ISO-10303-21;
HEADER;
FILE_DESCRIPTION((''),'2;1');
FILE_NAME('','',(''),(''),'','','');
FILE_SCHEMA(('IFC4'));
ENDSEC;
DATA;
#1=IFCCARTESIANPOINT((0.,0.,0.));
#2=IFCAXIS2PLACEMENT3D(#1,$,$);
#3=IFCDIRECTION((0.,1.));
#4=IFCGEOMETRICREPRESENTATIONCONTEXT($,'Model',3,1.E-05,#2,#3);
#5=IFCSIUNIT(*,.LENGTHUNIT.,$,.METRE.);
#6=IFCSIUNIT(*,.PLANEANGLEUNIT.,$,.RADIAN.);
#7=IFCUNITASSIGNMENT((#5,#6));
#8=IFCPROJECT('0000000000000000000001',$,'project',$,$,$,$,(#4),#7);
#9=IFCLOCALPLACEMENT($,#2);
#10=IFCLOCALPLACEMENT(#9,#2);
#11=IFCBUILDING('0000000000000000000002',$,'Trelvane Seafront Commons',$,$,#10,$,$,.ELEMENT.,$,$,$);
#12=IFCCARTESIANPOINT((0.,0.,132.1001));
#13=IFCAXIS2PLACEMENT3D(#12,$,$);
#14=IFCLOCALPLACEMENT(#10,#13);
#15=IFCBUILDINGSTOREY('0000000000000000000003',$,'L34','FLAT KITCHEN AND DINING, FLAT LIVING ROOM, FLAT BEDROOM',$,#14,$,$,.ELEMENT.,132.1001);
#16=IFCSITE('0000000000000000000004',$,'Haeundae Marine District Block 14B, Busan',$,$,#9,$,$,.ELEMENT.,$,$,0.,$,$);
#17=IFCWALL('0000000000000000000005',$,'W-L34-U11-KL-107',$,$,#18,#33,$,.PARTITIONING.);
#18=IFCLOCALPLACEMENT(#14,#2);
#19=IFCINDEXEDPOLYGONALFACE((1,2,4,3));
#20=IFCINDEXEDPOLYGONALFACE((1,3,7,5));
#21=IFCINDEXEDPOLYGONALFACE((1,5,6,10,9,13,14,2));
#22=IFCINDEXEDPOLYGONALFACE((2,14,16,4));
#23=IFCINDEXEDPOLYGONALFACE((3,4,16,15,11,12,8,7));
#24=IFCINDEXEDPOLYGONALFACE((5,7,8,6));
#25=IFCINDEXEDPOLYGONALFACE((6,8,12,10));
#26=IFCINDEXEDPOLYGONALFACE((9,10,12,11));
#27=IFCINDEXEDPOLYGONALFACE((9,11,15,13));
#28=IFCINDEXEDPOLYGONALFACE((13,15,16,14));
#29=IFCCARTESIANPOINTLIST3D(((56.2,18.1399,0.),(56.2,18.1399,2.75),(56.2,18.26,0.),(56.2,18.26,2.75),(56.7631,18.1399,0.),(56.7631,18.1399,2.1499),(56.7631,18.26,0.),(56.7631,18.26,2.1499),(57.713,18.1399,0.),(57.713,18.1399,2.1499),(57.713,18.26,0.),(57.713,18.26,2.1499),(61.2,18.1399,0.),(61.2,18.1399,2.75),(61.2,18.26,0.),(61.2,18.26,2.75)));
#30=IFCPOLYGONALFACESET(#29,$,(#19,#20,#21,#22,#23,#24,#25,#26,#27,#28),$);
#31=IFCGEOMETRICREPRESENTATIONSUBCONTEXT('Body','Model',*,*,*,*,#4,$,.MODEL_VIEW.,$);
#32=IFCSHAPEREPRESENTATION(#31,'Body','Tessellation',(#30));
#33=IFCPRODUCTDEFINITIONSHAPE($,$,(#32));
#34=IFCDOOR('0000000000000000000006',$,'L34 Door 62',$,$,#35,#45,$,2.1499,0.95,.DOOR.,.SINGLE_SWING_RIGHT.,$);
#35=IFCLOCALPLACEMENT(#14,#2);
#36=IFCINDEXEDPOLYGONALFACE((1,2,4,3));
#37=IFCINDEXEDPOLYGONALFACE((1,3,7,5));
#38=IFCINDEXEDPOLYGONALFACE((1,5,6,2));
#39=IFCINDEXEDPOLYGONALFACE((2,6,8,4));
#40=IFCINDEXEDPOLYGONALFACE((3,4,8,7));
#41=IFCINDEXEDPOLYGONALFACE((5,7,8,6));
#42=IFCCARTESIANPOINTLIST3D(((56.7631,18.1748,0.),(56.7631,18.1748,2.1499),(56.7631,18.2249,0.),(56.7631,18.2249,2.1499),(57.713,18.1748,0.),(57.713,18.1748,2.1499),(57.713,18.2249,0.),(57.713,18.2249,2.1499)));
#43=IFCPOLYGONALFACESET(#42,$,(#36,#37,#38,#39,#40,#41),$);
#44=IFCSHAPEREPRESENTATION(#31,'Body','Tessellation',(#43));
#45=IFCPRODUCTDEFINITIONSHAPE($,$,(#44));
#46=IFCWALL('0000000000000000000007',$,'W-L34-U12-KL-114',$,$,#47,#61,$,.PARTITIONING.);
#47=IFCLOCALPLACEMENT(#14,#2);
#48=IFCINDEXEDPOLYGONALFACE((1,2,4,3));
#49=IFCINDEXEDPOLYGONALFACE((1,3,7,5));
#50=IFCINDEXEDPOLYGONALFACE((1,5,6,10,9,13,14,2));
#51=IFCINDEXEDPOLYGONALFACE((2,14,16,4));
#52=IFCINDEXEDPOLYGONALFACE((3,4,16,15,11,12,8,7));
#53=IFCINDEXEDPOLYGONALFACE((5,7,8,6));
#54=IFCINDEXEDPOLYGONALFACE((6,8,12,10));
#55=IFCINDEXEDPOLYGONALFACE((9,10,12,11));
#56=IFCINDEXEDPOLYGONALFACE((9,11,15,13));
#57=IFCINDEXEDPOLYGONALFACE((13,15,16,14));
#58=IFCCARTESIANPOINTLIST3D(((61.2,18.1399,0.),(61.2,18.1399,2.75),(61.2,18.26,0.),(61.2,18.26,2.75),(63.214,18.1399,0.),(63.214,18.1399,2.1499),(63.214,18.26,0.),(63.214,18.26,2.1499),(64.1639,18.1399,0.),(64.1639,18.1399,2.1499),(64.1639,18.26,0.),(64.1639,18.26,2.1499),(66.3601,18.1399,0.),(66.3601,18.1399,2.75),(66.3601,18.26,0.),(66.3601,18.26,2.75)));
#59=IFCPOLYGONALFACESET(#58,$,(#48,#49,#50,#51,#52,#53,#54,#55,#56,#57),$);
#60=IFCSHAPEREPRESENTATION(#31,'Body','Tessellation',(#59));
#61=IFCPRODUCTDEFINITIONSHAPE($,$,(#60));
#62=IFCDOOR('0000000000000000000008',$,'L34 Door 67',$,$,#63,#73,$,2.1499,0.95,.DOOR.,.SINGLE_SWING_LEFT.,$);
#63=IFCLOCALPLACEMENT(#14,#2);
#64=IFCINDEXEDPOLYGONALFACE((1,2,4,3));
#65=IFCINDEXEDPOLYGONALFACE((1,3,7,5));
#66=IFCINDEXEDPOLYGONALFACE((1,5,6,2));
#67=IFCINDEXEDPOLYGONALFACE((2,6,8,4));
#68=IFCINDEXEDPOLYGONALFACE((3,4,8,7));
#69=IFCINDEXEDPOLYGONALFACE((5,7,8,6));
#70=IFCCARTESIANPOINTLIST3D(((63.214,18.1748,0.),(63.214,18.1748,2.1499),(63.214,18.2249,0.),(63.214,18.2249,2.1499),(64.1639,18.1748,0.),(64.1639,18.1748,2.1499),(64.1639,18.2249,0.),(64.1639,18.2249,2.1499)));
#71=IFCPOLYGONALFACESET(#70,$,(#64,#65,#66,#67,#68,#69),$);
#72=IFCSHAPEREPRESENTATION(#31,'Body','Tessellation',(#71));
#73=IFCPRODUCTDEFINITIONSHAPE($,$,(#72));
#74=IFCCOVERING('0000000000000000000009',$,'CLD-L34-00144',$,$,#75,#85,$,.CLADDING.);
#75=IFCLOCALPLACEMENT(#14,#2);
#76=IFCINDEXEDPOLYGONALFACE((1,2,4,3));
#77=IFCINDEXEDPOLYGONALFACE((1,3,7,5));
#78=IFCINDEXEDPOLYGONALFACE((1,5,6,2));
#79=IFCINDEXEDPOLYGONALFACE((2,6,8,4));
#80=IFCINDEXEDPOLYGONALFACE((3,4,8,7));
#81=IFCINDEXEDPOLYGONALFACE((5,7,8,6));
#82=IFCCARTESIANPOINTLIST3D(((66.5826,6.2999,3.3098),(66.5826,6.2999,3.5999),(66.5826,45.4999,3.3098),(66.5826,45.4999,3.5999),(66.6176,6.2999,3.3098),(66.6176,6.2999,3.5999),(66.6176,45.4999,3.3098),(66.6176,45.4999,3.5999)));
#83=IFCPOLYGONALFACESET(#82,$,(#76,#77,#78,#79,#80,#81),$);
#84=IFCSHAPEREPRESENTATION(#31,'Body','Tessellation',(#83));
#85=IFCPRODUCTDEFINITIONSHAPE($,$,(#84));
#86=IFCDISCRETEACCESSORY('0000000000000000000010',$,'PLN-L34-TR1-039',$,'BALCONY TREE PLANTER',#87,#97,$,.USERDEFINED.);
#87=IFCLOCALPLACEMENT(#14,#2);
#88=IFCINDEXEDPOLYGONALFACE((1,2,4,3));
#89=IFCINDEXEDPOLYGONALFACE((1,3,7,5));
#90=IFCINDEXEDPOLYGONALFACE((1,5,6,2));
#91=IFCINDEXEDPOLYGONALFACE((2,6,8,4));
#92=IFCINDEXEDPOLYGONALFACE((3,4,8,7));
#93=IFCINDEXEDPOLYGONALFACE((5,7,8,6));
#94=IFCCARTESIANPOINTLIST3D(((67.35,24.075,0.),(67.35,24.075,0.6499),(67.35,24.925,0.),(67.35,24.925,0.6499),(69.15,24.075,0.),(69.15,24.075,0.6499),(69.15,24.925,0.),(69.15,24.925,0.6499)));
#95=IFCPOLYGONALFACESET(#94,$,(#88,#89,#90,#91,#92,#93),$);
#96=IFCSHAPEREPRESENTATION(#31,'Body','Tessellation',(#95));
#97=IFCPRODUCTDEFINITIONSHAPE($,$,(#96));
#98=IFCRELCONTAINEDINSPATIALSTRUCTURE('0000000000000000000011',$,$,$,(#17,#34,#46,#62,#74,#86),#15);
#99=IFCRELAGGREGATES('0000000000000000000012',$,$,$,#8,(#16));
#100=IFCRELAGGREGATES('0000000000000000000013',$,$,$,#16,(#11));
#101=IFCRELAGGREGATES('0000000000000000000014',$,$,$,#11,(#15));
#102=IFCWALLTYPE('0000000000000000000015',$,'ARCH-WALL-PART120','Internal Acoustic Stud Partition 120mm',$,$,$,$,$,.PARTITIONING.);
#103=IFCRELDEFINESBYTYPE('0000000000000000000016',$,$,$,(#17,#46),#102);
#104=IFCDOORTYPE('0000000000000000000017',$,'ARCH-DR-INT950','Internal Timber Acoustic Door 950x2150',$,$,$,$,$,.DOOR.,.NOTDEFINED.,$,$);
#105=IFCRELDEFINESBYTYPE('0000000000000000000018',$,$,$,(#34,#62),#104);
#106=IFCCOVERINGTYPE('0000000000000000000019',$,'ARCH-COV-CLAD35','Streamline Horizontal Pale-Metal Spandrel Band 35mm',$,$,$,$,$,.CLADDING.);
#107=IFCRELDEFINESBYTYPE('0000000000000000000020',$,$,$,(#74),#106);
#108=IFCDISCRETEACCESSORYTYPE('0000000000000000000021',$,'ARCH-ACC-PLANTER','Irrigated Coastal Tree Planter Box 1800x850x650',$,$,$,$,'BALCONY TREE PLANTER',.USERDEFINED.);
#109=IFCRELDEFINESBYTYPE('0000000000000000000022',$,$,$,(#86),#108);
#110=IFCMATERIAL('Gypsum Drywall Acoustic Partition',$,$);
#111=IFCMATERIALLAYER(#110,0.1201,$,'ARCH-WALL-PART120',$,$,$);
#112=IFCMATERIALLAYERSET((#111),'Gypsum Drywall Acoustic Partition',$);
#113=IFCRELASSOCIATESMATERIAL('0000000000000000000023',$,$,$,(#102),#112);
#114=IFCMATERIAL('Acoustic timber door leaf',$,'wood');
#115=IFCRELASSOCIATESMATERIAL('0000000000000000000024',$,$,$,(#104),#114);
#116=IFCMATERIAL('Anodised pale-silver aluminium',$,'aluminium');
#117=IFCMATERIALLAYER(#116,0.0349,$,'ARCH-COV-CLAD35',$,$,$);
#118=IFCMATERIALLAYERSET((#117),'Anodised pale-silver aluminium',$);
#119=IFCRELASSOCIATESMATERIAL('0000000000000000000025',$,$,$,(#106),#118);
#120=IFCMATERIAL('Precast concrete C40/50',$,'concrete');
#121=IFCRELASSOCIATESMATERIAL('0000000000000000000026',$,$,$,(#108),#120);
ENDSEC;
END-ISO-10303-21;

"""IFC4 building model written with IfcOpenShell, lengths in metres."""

from ifc_helpers import new_model, si_unit, direction, frame, frame_2d, origin, origin_2d, place, context, subcontext, project, spatial, rectangle, extrude, source, transform, mapped, material, layer, layer_set, type_object, element, fill, save


model = new_model("IFC4")

# Units and contexts
model_context = context("Model", 3, precision=1e-05, world=origin(), true_north=direction((0.0, 1.0)))
body_context = subcontext(model_context, "Body", "Model", "MODEL_VIEW")
ifc_project = project(units=[si_unit("LENGTHUNIT", "METRE"), si_unit("PLANEANGLEUNIT", "RADIAN")], contexts=[model_context])

# Site, building, storey
site_placement = place(None, origin())
site = spatial("IfcSite", under=ifc_project, at=site_placement, Name="Haeundae Marine District Block 14B, Busan", CompositionType="ELEMENT", RefElevation=0.0)
building_placement = place(site_placement, origin())
building = spatial("IfcBuilding", under=site, at=building_placement, Name="Trelvane Seafront Commons", CompositionType="ELEMENT")
storey_placement = place(building_placement, frame((0.0, 0.0, 132.1001)))
storey = spatial("IfcBuildingStorey", under=building, at=storey_placement, Name="L34", Description="FLAT KITCHEN AND DINING, FLAT LIVING ROOM, FLAT BEDROOM", CompositionType="ELEMENT", Elevation=132.1001)

# Walls, openings, doors
ifc_material_1 = material(Name="Gypsum Drywall Acoustic Partition")
ifc_layer_1 = layer(ifc_material_1, 0.1201, Name="ARCH-WALL-PART120")
ifc_layer_set_1 = layer_set([ifc_layer_1], Name="Gypsum Drywall Acoustic Partition")
wall_type = type_object("IfcWallType", Name="ARCH-WALL-PART120", Description="Internal Acoustic Stud Partition 120mm", PredefinedType="PARTITIONING", material=ifc_layer_set_1)
ifc_material_2 = material(Name="Acoustic timber door leaf", Category="wood")
door_type = type_object("IfcDoorType", Name="ARCH-DR-INT950", Description="Internal Timber Acoustic Door 950x2150", OperationType="NOTDEFINED", PredefinedType="DOOR", material=ifc_material_2)
shared_shape_1 = source(origin(), body_context, "Body", "SweptSolid", [
    extrude(rectangle(XDim=0.95, YDim=2.1499, at=frame_2d((0.4751, 1.075))), frame((0.0, 0.0249, 0.0), z_axis=(0.0, -1.0, 0.0), x_axis=(1.0, 0.0, 0.0)), (0.0, 0.0, 1.0), 0.05),
])
wall_1_placement = place(storey_placement, frame((56.2, 18.2, 0.0), z_axis=(0.0, 0.0, 1.0), x_axis=(1.0, 0.0, 0.0)))
wall_1 = element("IfcWall", 1, at=wall_1_placement, inside=storey, type_object=wall_type, Name="W-L34-U11-KL-107", PredefinedType="PARTITIONING", context=body_context, shape_type="SweptSolid", body=[
    extrude(rectangle(XDim=5.0, YDim=0.1201, at=frame_2d((2.5, 0.0))), origin(), (0.0, 0.0, 1.0), 2.75),
])
opening_1_placement = place(wall_1_placement, frame((0.563, 0.0, 0.0)))
opening_1 = element("IfcOpeningElement", 2, at=opening_1_placement, cuts=wall_1, PredefinedType="OPENING", context=body_context, shape_type="SweptSolid", body=[
    extrude(rectangle(XDim=0.95, YDim=2.1499, at=frame_2d((0.4751, 1.075))), frame((0.0, 0.0701, 0.0), z_axis=(0.0, -1.0, 0.0), x_axis=(1.0, 0.0, 0.0)), (0.0, 0.0, 1.0), 0.1401),
])
door_1_placement = place(opening_1_placement, origin())
door_1 = element("IfcDoor", 3, at=door_1_placement, inside=storey, type_object=door_type, Name="L34 Door 62", OperationType="SINGLE_SWING_RIGHT", OverallHeight=2.1499, OverallWidth=0.95, PredefinedType="DOOR", context=body_context, shape_type="MappedRepresentation", body=[
    mapped(shared_shape_1, transform((0.0, 0.0, 0.0), x_axis=(1.0, 0.0, 0.0), y_axis=(0.0, 1.0, 0.0), z_axis=(0.0, 0.0, 1.0), scale=1.0)),
])
fill(opening_1, door_1)
wall_2_placement = place(storey_placement, frame((61.2, 18.2, 0.0), z_axis=(0.0, 0.0, 1.0), x_axis=(1.0, 0.0, 0.0)))
wall_2 = element("IfcWall", 4, at=wall_2_placement, inside=storey, type_object=wall_type, Name="W-L34-U12-KL-114", PredefinedType="PARTITIONING", context=body_context, shape_type="SweptSolid", body=[
    extrude(rectangle(XDim=5.1602, YDim=0.1201, at=frame_2d((2.5801, 0.0))), origin(), (0.0, 0.0, 1.0), 2.75),
])
opening_2_placement = place(wall_2_placement, frame((2.0139, 0.0, 0.0)))
opening_2 = element("IfcOpeningElement", 5, at=opening_2_placement, cuts=wall_2, PredefinedType="OPENING", context=body_context, shape_type="SweptSolid", body=[
    extrude(rectangle(XDim=0.95, YDim=2.1499, at=frame_2d((0.4751, 1.075))), frame((0.0, 0.0701, 0.0), z_axis=(0.0, -1.0, 0.0), x_axis=(1.0, 0.0, 0.0)), (0.0, 0.0, 1.0), 0.1401),
])
door_2_placement = place(opening_2_placement, origin())
door_2 = element("IfcDoor", 6, at=door_2_placement, inside=storey, type_object=door_type, Name="L34 Door 67", OperationType="SINGLE_SWING_LEFT", OverallHeight=2.1499, OverallWidth=0.95, PredefinedType="DOOR", context=body_context, shape_type="MappedRepresentation", body=[
    mapped(shared_shape_1, transform((0.0, 0.0, 0.0), x_axis=(1.0, 0.0, 0.0), y_axis=(0.0, 1.0, 0.0), z_axis=(0.0, 0.0, 1.0), scale=1.0)),
])
fill(opening_2, door_2)

# Covering
ifc_material_3 = material(Name="Anodised pale-silver aluminium", Category="aluminium")
ifc_layer_2 = layer(ifc_material_3, 0.0349, Name="ARCH-COV-CLAD35")
ifc_layer_set_2 = layer_set([ifc_layer_2], Name="Anodised pale-silver aluminium")
covering_type = type_object("IfcCoveringType", Name="ARCH-COV-CLAD35", Description="Streamline Horizontal Pale-Metal Spandrel Band 35mm", PredefinedType="CLADDING", material=ifc_layer_set_2)
shared_shape_2 = source(origin(), body_context, "Body", "SweptSolid", [
    extrude(rectangle(XDim=39.2, YDim=0.0349, at=origin_2d()), origin(), (0.0, 0.0, 1.0), 0.29),
])
covering_placement = place(storey_placement, frame((66.6001, 25.8999, 3.3098), z_axis=(0.0, 0.0, 1.0), x_axis=(0.0, -1.0, 0.0)))
element("IfcCovering", 7, at=covering_placement, inside=storey, type_object=covering_type, Name="CLD-L34-00144", PredefinedType="CLADDING", context=body_context, shape_type="MappedRepresentation", body=[
    mapped(shared_shape_2, transform((0.0, 0.0, 0.0), x_axis=(1.0, 0.0, 0.0), y_axis=(0.0, 1.0, 0.0), z_axis=(0.0, 0.0, 1.0), scale=1.0)),
])

# Discrete accessory
ifc_material_4 = material(Name="Precast concrete C40/50", Category="concrete")
discrete_accessory_type = type_object("IfcDiscreteAccessoryType", Name="ARCH-ACC-PLANTER", Description="Irrigated Coastal Tree Planter Box 1800x850x650", ElementType="BALCONY TREE PLANTER", PredefinedType="USERDEFINED", material=ifc_material_4)
shared_shape_3 = source(origin(), body_context, "Body", "SweptSolid", [
    extrude(rectangle(XDim=1.8, YDim=0.8501, at=origin_2d()), origin(), (0.0, 0.0, 1.0), 0.6499),
])
discrete_accessory_placement = place(storey_placement, frame((68.25, 24.5, 0.0), z_axis=(0.0, 0.0, 1.0), x_axis=(1.0, 0.0, 0.0)))
element("IfcDiscreteAccessory", 8, at=discrete_accessory_placement, inside=storey, type_object=discrete_accessory_type, Name="PLN-L34-TR1-039", ObjectType="BALCONY TREE PLANTER", PredefinedType="USERDEFINED", context=body_context, shape_type="MappedRepresentation", body=[
    mapped(shared_shape_3, transform((0.0, 0.0, 0.0), x_axis=(1.0, 0.0, 0.0), y_axis=(0.0, 1.0, 0.0), z_axis=(0.0, 0.0, 1.0), scale=1.0)),
])

save(model, "model.ifc")
